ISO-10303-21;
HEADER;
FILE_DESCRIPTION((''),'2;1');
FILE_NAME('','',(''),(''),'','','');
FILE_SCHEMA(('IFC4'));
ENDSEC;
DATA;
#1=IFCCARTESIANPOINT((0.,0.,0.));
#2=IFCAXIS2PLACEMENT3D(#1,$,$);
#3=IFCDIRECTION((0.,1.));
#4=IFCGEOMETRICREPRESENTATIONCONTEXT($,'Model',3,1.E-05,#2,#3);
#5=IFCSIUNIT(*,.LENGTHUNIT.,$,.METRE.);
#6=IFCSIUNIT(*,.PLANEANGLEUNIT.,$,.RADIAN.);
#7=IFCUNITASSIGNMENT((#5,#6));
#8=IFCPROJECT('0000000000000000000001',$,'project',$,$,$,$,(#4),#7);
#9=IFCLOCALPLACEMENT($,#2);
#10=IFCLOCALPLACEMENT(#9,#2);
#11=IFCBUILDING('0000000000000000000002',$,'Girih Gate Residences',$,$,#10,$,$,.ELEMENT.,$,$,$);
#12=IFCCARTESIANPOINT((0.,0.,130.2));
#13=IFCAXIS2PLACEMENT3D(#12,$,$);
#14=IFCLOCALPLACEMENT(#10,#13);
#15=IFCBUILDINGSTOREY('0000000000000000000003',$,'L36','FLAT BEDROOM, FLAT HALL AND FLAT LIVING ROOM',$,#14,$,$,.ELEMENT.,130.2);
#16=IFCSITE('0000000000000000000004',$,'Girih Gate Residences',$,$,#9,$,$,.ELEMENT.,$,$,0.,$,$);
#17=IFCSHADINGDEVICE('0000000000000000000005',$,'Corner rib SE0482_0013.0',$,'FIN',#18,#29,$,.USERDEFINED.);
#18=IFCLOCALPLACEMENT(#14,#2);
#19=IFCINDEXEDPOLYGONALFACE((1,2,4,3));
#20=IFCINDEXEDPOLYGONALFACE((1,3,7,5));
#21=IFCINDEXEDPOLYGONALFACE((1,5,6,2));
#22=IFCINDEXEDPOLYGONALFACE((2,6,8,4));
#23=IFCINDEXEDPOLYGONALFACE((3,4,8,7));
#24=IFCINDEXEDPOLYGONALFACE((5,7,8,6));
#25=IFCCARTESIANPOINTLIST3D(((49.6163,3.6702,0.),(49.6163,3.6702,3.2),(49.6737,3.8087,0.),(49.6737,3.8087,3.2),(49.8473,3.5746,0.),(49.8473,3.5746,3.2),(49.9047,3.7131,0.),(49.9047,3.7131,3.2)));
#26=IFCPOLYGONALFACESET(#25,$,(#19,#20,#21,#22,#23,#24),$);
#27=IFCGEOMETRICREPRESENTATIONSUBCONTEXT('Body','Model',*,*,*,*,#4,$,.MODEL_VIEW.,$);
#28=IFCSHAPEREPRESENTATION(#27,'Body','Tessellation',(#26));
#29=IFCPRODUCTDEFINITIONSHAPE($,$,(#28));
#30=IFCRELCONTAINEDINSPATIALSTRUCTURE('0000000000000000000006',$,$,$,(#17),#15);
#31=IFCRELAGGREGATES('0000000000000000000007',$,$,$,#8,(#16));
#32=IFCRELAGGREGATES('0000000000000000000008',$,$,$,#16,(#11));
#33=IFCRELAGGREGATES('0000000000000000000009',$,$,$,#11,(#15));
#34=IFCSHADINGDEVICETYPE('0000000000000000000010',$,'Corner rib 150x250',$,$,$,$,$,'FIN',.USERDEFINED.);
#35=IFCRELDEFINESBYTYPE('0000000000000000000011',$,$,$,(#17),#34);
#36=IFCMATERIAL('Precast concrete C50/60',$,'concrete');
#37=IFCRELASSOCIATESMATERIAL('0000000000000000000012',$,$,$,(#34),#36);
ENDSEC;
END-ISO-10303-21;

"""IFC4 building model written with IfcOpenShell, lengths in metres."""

from ifc_helpers import new_model, si_unit, direction, frame, origin, origin_2d, place, context, subcontext, project, spatial, rectangle, extrude, material, type_object, element, save


model = new_model("IFC4")

# Units and contexts
model_context = context("Model", 3, precision=1e-05, world=origin(), true_north=direction((0.0, 1.0)))
body_context = subcontext(model_context, "Body", "Model", "MODEL_VIEW")
ifc_project = project(units=[si_unit("LENGTHUNIT", "METRE"), si_unit("PLANEANGLEUNIT", "RADIAN")], contexts=[model_context])

# Site, building, storey
site_placement = place(None, origin())
site = spatial("IfcSite", under=ifc_project, at=site_placement, Name="Girih Gate Residences", CompositionType="ELEMENT", RefElevation=0.0)
building_placement = place(site_placement, origin())
building = spatial("IfcBuilding", under=site, at=building_placement, Name="Girih Gate Residences", CompositionType="ELEMENT")
storey_placement = place(building_placement, frame((0.0, 0.0, 130.2)))
storey = spatial("IfcBuildingStorey", under=building, at=storey_placement, Name="L36", Description="FLAT BEDROOM, FLAT HALL AND FLAT LIVING ROOM", CompositionType="ELEMENT", Elevation=130.2)

# Shared definitions
ifc_material_1 = material(Name="Precast concrete C50/60", Category="concrete")

# Shading device
shading_device_type = type_object("IfcShadingDeviceType", Name="Corner rib 150x250", ElementType="FIN", PredefinedType="USERDEFINED", material=ifc_material_1)
for number, where, z_axis, x_axis, name in (
    (1, (49.7605, 3.6917, 0.0), (0.0, 0.0, 1.0), (0.382683, 0.92388, 0.0), "Corner rib SE0482_0013.0"),
):
    element("IfcShadingDevice", number, at=place(storey_placement, frame(where, z_axis=z_axis, x_axis=x_axis)), inside=storey, type_object=shading_device_type, Name=name, ObjectType="FIN", PredefinedType="USERDEFINED", context=body_context, shape_type="SweptSolid", body=[
        extrude(rectangle(XDim=0.1499, YDim=0.25, at=origin_2d()), origin(), (0.0, 0.0, 1.0), 3.2),
    ])

save(model, "model.ifc")
